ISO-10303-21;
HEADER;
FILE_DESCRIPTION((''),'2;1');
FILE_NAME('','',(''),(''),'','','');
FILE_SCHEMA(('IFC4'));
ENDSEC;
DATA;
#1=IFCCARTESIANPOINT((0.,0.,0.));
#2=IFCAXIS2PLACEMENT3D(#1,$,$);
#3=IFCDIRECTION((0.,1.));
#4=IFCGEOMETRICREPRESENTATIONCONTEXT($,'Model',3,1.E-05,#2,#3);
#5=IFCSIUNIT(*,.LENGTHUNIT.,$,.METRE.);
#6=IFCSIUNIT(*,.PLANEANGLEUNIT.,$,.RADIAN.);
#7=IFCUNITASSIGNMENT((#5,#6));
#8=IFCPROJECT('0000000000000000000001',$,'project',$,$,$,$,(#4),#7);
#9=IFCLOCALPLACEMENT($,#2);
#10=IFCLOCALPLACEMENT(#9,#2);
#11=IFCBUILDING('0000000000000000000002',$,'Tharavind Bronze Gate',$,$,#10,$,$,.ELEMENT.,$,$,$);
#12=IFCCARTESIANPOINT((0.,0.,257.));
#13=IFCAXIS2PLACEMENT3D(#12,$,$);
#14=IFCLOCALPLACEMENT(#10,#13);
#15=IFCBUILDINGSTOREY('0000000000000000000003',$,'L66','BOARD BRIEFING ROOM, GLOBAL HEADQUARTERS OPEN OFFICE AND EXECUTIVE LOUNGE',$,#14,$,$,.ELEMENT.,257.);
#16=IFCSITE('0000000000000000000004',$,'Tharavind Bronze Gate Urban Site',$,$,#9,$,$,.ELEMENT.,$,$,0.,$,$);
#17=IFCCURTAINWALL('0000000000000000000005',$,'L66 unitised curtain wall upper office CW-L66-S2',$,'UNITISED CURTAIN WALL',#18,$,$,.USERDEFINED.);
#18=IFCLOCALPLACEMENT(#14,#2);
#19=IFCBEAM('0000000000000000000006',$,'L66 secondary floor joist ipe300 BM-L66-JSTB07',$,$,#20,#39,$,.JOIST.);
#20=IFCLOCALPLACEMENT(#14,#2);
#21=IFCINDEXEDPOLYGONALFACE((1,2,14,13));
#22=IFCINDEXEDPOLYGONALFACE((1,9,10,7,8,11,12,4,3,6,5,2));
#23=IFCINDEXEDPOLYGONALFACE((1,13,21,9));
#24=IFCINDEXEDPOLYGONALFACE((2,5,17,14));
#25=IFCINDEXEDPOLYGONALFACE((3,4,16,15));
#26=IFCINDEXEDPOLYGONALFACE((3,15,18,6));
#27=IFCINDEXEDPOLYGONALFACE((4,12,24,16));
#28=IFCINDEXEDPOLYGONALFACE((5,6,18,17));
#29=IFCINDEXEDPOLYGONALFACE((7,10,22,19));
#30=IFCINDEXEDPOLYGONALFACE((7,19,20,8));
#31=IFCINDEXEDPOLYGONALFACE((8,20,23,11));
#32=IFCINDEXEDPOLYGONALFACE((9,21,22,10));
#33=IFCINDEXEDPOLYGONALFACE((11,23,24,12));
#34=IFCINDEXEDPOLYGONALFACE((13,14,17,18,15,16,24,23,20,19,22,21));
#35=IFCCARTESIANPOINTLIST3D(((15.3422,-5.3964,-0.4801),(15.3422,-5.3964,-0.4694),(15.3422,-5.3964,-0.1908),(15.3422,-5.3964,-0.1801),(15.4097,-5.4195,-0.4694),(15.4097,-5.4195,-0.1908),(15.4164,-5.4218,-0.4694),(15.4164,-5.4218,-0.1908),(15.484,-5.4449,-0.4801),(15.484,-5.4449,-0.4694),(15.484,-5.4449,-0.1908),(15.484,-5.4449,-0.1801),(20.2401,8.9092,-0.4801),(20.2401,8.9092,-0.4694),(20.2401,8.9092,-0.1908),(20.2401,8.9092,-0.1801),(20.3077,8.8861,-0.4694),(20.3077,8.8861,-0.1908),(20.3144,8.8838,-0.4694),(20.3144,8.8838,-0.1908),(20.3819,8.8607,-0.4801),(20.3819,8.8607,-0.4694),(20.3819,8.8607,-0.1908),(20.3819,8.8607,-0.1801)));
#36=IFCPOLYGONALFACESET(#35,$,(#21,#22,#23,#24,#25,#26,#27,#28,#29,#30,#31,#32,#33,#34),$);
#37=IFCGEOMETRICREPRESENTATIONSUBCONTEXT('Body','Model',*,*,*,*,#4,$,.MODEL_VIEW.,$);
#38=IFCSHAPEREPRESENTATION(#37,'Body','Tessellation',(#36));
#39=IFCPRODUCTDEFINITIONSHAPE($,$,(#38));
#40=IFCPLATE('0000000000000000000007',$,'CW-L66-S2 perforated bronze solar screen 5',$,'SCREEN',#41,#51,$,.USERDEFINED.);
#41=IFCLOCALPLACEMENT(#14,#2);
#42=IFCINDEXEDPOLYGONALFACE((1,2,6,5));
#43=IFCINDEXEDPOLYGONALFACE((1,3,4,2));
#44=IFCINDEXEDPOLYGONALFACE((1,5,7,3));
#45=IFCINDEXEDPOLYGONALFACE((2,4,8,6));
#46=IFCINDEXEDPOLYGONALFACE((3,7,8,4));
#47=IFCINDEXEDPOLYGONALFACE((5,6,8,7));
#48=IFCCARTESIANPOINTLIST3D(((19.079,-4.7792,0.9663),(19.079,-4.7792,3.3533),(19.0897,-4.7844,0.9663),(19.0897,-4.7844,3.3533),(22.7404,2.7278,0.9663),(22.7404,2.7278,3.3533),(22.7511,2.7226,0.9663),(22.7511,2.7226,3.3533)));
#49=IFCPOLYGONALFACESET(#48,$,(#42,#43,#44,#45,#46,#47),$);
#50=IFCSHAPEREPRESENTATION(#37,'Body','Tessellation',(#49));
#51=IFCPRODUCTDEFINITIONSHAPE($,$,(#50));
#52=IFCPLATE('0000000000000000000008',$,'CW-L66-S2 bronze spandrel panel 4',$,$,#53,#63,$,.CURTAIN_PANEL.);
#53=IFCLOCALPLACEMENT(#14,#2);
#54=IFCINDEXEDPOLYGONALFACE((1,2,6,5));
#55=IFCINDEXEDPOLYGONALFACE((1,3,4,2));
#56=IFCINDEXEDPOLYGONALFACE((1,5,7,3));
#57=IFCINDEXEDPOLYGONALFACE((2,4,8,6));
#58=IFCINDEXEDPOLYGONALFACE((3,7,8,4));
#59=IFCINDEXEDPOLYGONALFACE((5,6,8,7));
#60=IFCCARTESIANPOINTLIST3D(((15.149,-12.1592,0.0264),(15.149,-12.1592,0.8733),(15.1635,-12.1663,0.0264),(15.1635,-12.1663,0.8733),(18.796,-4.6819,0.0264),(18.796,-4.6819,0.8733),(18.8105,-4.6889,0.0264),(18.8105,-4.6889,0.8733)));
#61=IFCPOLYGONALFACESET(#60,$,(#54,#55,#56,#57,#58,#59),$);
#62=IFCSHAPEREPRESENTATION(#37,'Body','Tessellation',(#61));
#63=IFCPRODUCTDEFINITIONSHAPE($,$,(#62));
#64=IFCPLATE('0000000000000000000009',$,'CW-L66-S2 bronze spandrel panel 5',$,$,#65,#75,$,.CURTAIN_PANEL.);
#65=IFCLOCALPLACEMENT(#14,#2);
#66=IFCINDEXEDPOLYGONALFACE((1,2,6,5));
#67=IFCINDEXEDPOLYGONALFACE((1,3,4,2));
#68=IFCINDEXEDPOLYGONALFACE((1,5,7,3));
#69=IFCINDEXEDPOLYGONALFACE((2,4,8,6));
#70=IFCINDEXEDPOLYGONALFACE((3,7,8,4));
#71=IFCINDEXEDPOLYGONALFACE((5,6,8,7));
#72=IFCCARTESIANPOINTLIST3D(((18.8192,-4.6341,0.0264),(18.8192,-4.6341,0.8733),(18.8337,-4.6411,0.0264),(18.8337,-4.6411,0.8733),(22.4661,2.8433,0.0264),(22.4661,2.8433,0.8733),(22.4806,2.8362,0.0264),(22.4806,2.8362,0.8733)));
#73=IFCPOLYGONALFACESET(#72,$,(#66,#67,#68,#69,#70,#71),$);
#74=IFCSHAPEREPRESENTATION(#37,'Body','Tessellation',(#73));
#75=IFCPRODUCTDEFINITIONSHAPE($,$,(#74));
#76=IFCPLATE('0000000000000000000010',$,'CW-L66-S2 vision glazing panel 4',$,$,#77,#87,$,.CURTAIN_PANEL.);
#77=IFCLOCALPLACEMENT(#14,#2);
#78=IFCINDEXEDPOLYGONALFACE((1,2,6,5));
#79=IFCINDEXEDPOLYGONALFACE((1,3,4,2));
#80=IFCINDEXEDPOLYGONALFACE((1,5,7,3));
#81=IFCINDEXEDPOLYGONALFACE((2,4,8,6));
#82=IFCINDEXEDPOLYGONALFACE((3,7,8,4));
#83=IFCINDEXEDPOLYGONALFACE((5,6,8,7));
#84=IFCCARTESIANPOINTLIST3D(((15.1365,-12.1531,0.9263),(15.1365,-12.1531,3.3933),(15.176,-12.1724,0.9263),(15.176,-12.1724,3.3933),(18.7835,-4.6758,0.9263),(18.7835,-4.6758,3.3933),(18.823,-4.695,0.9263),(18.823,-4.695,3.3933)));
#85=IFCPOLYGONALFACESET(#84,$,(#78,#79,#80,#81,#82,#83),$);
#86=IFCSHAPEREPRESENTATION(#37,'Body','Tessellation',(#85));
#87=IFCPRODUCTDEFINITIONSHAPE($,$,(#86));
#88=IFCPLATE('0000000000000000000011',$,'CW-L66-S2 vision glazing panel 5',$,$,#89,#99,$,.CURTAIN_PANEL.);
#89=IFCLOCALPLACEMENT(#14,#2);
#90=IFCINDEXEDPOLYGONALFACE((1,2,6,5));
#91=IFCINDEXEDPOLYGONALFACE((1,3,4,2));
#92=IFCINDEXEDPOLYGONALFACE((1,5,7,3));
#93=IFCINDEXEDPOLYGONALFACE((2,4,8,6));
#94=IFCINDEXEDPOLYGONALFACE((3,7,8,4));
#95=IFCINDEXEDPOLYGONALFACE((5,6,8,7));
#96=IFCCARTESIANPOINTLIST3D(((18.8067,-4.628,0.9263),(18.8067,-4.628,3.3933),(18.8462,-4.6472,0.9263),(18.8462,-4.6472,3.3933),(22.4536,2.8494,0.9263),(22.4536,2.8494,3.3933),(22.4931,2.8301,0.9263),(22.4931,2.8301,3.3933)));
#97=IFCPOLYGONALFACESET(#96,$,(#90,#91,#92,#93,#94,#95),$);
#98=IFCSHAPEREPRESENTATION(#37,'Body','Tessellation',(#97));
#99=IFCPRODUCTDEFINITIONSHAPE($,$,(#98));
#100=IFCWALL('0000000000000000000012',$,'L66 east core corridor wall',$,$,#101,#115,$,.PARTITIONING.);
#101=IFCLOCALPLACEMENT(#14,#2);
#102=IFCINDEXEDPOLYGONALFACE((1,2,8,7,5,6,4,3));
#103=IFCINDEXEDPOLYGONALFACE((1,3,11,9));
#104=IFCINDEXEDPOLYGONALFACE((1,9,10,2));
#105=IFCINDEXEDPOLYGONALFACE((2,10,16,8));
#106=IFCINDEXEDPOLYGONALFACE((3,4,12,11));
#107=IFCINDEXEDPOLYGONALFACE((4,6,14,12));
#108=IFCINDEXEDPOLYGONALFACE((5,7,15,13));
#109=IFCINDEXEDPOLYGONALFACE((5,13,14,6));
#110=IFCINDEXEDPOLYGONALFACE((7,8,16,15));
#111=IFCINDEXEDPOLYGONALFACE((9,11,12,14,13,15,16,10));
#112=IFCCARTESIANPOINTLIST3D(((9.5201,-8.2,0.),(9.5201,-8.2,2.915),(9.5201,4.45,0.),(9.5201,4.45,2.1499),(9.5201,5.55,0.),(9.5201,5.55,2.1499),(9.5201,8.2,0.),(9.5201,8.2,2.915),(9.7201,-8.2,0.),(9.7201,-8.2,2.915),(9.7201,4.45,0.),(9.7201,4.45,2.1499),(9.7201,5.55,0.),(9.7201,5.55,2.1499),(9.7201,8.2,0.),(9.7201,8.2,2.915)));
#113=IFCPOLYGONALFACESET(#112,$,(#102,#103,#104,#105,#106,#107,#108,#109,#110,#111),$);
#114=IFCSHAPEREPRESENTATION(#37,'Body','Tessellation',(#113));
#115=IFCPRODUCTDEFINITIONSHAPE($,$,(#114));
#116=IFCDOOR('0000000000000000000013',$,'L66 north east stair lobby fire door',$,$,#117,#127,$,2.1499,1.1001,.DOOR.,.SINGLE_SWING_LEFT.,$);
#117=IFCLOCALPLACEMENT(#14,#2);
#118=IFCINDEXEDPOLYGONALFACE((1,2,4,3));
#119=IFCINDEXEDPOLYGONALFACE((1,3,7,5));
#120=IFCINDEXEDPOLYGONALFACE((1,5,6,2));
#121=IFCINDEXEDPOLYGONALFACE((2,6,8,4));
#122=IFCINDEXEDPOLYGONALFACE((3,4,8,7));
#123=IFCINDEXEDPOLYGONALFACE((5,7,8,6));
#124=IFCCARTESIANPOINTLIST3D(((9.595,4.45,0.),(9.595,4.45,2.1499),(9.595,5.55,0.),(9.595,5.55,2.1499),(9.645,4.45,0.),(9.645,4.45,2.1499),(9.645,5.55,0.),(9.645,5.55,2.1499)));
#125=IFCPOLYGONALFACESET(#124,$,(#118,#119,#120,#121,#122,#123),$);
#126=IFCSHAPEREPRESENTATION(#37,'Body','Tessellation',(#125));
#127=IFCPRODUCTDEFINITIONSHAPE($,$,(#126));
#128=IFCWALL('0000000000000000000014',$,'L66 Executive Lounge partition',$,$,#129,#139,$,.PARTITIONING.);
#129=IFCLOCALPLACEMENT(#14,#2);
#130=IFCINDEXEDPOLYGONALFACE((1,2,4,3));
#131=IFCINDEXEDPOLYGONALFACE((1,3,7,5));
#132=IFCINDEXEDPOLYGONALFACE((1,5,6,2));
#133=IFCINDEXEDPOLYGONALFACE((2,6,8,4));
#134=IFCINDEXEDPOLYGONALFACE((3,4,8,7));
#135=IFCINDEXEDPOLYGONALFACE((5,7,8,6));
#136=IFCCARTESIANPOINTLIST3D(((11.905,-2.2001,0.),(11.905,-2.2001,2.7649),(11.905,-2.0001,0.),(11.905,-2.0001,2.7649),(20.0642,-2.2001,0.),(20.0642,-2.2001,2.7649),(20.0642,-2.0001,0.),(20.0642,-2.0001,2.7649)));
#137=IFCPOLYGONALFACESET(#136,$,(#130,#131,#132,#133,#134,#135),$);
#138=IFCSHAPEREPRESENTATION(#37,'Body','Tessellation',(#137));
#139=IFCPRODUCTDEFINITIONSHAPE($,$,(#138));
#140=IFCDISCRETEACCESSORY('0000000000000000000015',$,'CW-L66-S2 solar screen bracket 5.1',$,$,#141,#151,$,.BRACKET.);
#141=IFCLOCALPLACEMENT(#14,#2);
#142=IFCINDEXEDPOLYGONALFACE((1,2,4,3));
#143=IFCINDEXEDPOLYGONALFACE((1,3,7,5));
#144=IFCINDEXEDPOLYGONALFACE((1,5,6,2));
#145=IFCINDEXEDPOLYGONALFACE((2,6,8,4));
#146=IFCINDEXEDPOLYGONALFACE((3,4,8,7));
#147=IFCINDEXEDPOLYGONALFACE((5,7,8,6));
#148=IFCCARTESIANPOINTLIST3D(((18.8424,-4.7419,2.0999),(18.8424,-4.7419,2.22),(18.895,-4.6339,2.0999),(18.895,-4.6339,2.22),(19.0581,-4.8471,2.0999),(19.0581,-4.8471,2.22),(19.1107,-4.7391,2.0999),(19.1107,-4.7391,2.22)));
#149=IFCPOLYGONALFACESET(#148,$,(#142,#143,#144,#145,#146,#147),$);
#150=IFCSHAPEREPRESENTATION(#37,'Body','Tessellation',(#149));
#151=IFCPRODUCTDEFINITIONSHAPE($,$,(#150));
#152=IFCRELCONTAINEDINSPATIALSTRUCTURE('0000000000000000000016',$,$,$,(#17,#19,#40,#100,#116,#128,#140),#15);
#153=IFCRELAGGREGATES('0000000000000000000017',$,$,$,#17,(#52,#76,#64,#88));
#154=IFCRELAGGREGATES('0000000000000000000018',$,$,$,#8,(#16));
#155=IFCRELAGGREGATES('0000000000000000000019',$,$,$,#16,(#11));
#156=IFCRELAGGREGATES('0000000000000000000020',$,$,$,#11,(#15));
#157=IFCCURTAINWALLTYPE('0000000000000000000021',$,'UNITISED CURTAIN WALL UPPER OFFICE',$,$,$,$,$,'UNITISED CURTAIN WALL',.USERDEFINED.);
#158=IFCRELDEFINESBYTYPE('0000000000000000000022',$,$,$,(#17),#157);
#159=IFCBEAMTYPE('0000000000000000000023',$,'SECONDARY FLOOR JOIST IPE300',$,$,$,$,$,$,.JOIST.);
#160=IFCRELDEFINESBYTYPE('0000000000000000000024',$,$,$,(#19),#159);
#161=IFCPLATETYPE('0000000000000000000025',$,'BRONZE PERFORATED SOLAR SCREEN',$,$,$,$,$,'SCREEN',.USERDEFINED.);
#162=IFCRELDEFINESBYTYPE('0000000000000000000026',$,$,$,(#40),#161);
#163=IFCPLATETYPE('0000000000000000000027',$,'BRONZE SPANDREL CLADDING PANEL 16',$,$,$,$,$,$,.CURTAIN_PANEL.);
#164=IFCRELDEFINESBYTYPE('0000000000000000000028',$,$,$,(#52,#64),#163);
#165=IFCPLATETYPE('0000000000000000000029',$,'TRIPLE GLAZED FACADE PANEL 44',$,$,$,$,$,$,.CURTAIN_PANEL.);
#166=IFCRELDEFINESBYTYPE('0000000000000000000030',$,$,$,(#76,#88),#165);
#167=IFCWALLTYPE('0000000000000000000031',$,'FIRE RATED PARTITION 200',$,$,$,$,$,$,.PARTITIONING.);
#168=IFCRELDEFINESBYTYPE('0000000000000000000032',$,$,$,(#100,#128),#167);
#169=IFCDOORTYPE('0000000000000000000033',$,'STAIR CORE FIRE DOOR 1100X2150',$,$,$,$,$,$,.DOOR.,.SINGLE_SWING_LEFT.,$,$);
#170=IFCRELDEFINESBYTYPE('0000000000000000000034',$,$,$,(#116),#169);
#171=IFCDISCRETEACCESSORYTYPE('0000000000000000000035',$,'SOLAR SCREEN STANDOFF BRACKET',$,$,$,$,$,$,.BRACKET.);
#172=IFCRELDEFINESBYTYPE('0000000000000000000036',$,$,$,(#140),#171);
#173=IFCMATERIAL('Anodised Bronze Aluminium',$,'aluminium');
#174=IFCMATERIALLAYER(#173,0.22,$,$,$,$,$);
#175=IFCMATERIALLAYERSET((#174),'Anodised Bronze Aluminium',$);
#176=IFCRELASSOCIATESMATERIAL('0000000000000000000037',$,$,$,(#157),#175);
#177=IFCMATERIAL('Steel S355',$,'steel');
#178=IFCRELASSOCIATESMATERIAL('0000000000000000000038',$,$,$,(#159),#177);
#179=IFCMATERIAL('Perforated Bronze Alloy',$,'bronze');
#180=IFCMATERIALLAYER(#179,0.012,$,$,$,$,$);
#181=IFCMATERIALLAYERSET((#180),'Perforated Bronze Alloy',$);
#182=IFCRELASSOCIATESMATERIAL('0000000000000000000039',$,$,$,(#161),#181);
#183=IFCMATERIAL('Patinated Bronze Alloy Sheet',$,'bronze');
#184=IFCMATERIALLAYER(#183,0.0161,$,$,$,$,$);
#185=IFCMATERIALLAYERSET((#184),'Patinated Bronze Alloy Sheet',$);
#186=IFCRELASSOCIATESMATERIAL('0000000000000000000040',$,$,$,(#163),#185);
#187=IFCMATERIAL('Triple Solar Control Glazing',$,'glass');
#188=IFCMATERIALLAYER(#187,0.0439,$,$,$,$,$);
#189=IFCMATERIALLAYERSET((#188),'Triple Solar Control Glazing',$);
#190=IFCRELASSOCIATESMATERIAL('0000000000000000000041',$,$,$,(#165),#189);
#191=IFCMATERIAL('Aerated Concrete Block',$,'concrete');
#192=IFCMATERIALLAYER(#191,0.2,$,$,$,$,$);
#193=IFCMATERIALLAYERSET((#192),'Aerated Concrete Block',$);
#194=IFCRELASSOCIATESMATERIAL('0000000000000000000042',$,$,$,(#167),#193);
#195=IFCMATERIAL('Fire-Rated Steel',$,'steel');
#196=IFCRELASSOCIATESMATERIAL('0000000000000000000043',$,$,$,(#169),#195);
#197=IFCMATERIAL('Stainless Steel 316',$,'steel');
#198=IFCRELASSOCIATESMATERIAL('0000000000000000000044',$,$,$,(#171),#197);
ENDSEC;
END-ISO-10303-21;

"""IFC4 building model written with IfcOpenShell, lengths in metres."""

from ifc_helpers import new_model, si_unit, direction, frame, frame_2d, origin, origin_2d, place, context, subcontext, project, spatial, rectangle, i_section, extrude, material, layer, layer_set, material_profile, profile_set, type_object, element, fill, aggregate, save


model = new_model("IFC4")

# Units and contexts
model_context = context("Model", 3, precision=1e-05, world=origin(), true_north=direction((0.0, 1.0)))
body_context = subcontext(model_context, "Body", "Model", "MODEL_VIEW")
ifc_project = project(units=[si_unit("LENGTHUNIT", "METRE"), si_unit("PLANEANGLEUNIT", "RADIAN")], contexts=[model_context])

# Site, building, storey
site_placement = place(None, origin())
site = spatial("IfcSite", under=ifc_project, at=site_placement, Name="Tharavind Bronze Gate Urban Site", CompositionType="ELEMENT", RefElevation=0.0)
building_placement = place(site_placement, origin())
building = spatial("IfcBuilding", under=site, at=building_placement, Name="Tharavind Bronze Gate", CompositionType="ELEMENT")
storey_placement = place(building_placement, frame((0.0, 0.0, 257.0)))
storey = spatial("IfcBuildingStorey", under=building, at=storey_placement, Name="L66", Description="BOARD BRIEFING ROOM, GLOBAL HEADQUARTERS OPEN OFFICE AND EXECUTIVE LOUNGE", CompositionType="ELEMENT", Elevation=257.0)

# Curtain wall
ifc_material_1 = material(Name="Anodised Bronze Aluminium", Category="aluminium")
ifc_layer_1 = layer(ifc_material_1, 0.22)
ifc_layer_set_1 = layer_set([ifc_layer_1], Name="Anodised Bronze Aluminium")
curtain_wall_type = type_object("IfcCurtainWallType", Name="UNITISED CURTAIN WALL UPPER OFFICE", ElementType="UNITISED CURTAIN WALL", PredefinedType="USERDEFINED", material=ifc_layer_set_1)
curtain_wall_placement = place(storey_placement, origin())
curtain_wall = element("IfcCurtainWall", 1, at=curtain_wall_placement, inside=storey, type_object=curtain_wall_type, Name="L66 unitised curtain wall upper office CW-L66-S2", ObjectType="UNITISED CURTAIN WALL", PredefinedType="USERDEFINED")

# Beam
ifc_material_2 = material(Name="Steel S355", Category="steel")
ifc_material_profile_1 = material_profile(ifc_material_2, i_section(OverallWidth=0.1499, OverallDepth=0.3, WebThickness=0.0071, FlangeThickness=0.0107, at=origin_2d()), Name="IPE300")
ifc_profile_set_1 = profile_set([ifc_material_profile_1], Name="Steel S355")
beam_type_1 = type_object("IfcBeamType", Name="SECONDARY FLOOR JOIST IPE300", PredefinedType="JOIST", material=ifc_profile_set_1)
beam_1_placement = place(storey_placement, frame((15.4131, -5.4207, -0.3301), z_axis=(0.323919, 0.946085, 0.0), x_axis=(-0.946085, 0.323919, 0.0)))
element("IfcBeam", 2, at=beam_1_placement, inside=storey, type_object=beam_type_1, Name="L66 secondary floor joist ipe300 BM-L66-JSTB07", PredefinedType="JOIST", context=body_context, shape_type="SweptSolid", body=[
    extrude(i_section(OverallWidth=0.1499, OverallDepth=0.3, WebThickness=0.0071, FlangeThickness=0.0107, at=origin_2d()), origin(), (0.0, 0.0, 1.0), 15.1208),
])

# Plates
ifc_material_3 = material(Name="Perforated Bronze Alloy", Category="bronze")
ifc_layer_2 = layer(ifc_material_3, 0.012)
ifc_layer_set_2 = layer_set([ifc_layer_2], Name="Perforated Bronze Alloy")
plate_type_1 = type_object("IfcPlateType", Name="BRONZE PERFORATED SOLAR SCREEN", ElementType="SCREEN", PredefinedType="USERDEFINED", material=ifc_layer_set_2)
plate_1_placement = place(storey_placement, frame((20.915, -1.0283, 0.9663), z_axis=(0.0, 0.0, 1.0), x_axis=(0.438373, 0.898793, 0.0)))
element("IfcPlate", 3, at=plate_1_placement, inside=storey, type_object=plate_type_1, Name="CW-L66-S2 perforated bronze solar screen 5", ObjectType="SCREEN", PredefinedType="USERDEFINED", context=body_context, shape_type="SweptSolid", body=[
    extrude(rectangle(XDim=8.3523, YDim=0.012, at=origin_2d()), origin(), (0.0, 0.0, 1.0), 2.387),
])
ifc_material_4 = material(Name="Patinated Bronze Alloy Sheet", Category="bronze")
ifc_layer_3 = layer(ifc_material_4, 0.0161)
ifc_layer_set_3 = layer_set([ifc_layer_3], Name="Patinated Bronze Alloy Sheet")
plate_type_2 = type_object("IfcPlateType", Name="BRONZE SPANDREL CLADDING PANEL 16", PredefinedType="CURTAIN_PANEL", material=ifc_layer_set_3)
plate_2_placement = place(storey_placement, frame((16.9797, -8.4241, 0.0264), z_axis=(0.0, 0.0, 1.0), x_axis=(0.438373, 0.898793, 0.0)))
plate_2 = element("IfcPlate", 4, at=plate_2_placement, type_object=plate_type_2, Name="CW-L66-S2 bronze spandrel panel 4", PredefinedType="CURTAIN_PANEL", context=body_context, shape_type="SweptSolid", body=[
    extrude(rectangle(XDim=8.3193, YDim=0.0161, at=origin_2d()), origin(), (0.0, 0.0, 1.0), 0.8469),
])
plate_3_placement = place(storey_placement, frame((20.6499, -0.8989, 0.0264), z_axis=(0.0, 0.0, 1.0), x_axis=(0.438373, 0.898793, 0.0)))
plate_3 = element("IfcPlate", 5, at=plate_3_placement, type_object=plate_type_2, Name="CW-L66-S2 bronze spandrel panel 5", PredefinedType="CURTAIN_PANEL", context=body_context, shape_type="SweptSolid", body=[
    extrude(rectangle(XDim=8.3193, YDim=0.0161, at=origin_2d()), origin(), (0.0, 0.0, 1.0), 0.8469),
])
ifc_material_5 = material(Name="Triple Solar Control Glazing", Category="glass")
ifc_layer_4 = layer(ifc_material_5, 0.0439)
ifc_layer_set_4 = layer_set([ifc_layer_4], Name="Triple Solar Control Glazing")
plate_type_3 = type_object("IfcPlateType", Name="TRIPLE GLAZED FACADE PANEL 44", PredefinedType="CURTAIN_PANEL", material=ifc_layer_set_4)
plate_4_placement = place(storey_placement, frame((16.9797, -8.4241, 0.9263), z_axis=(0.0, 0.0, 1.0), x_axis=(0.438373, 0.898793, 0.0)))
plate_4 = element("IfcPlate", 6, at=plate_4_placement, type_object=plate_type_3, Name="CW-L66-S2 vision glazing panel 4", PredefinedType="CURTAIN_PANEL", context=body_context, shape_type="SweptSolid", body=[
    extrude(rectangle(XDim=8.3193, YDim=0.0439, at=origin_2d()), origin(), (0.0, 0.0, 1.0), 2.467),
])
plate_5_placement = place(storey_placement, frame((20.6499, -0.8989, 0.9263), z_axis=(0.0, 0.0, 1.0), x_axis=(0.438373, 0.898793, 0.0)))
plate_5 = element("IfcPlate", 7, at=plate_5_placement, type_object=plate_type_3, Name="CW-L66-S2 vision glazing panel 5", PredefinedType="CURTAIN_PANEL", context=body_context, shape_type="SweptSolid", body=[
    extrude(rectangle(XDim=8.3193, YDim=0.0439, at=origin_2d()), origin(), (0.0, 0.0, 1.0), 2.467),
])
aggregate(curtain_wall, [plate_2, plate_4, plate_3, plate_5])

# Wall, opening, door
ifc_material_6 = material(Name="Aerated Concrete Block", Category="concrete")
ifc_layer_5 = layer(ifc_material_6, 0.2)
ifc_layer_set_5 = layer_set([ifc_layer_5], Name="Aerated Concrete Block")
wall_type = type_object("IfcWallType", Name="FIRE RATED PARTITION 200", PredefinedType="PARTITIONING", material=ifc_layer_set_5)
wall_1_placement = place(storey_placement, frame((9.6201, -8.2, 0.0), z_axis=(0.0, 0.0, 1.0), x_axis=(0.0, 1.0, 0.0)))
wall_1 = element("IfcWall", 8, at=wall_1_placement, inside=storey, type_object=wall_type, Name="L66 east core corridor wall", PredefinedType="PARTITIONING", context=body_context, shape_type="SweptSolid", body=[
    extrude(rectangle(XDim=16.3999, YDim=0.2, at=frame_2d((8.2, 0.0))), origin(), (0.0, 0.0, 1.0), 2.915),
])
opening_placement = place(wall_1_placement, frame((12.6499, 0.0, 0.0)))
opening = element("IfcOpeningElement", 9, at=opening_placement, cuts=wall_1, PredefinedType="OPENING", context=body_context, shape_type="SweptSolid", body=[
    extrude(rectangle(XDim=1.1001, YDim=2.1499, at=frame_2d((0.55, 1.075))), frame((0.0, 0.1101, 0.0), z_axis=(0.0, -1.0, 0.0), x_axis=(1.0, 0.0, 0.0)), (0.0, 0.0, 1.0), 0.22),
])
ifc_material_7 = material(Name="Fire-Rated Steel", Category="steel")
door_type = type_object("IfcDoorType", Name="STAIR CORE FIRE DOOR 1100X2150", OperationType="SINGLE_SWING_LEFT", PredefinedType="DOOR", material=ifc_material_7)
door_placement = place(opening_placement, frame((1.1001, 0.0, 0.0), z_axis=(0.0, 0.0, 1.0), x_axis=(-1.0, 0.0, 0.0)))
door = element("IfcDoor", 10, at=door_placement, inside=storey, type_object=door_type, Name="L66 north east stair lobby fire door", OperationType="SINGLE_SWING_LEFT", OverallHeight=2.1499, OverallWidth=1.1001, PredefinedType="DOOR", context=body_context, shape_type="SweptSolid", body=[
    extrude(rectangle(XDim=1.1001, YDim=2.1499, at=frame_2d((0.55, 1.075))), frame((0.0, 0.0249, 0.0), z_axis=(0.0, -1.0, 0.0), x_axis=(1.0, 0.0, 0.0)), (0.0, 0.0, 1.0), 0.05),
])
fill(opening, door)

# Wall
wall_2_placement = place(storey_placement, frame((11.905, -2.1001, 0.0), z_axis=(0.0, 0.0, 1.0), x_axis=(1.0, 0.0, 0.0)))
element("IfcWall", 11, at=wall_2_placement, inside=storey, type_object=wall_type, Name="L66 Executive Lounge partition", PredefinedType="PARTITIONING", context=body_context, shape_type="SweptSolid", body=[
    extrude(rectangle(XDim=8.1592, YDim=0.2, at=frame_2d((4.0796, 0.0))), origin(), (0.0, 0.0, 1.0), 2.7649),
])

# Discrete accessory
ifc_material_8 = material(Name="Stainless Steel 316", Category="steel")
discrete_accessory_type = type_object("IfcDiscreteAccessoryType", Name="SOLAR SCREEN STANDOFF BRACKET", PredefinedType="BRACKET", material=ifc_material_8)
discrete_accessory_placement = place(storey_placement, frame((18.9766, -4.7405, 2.0999), z_axis=(0.0, 0.0, 1.0), x_axis=(0.438373, 0.898793, 0.0)))
element("IfcDiscreteAccessory", 12, at=discrete_accessory_placement, inside=storey, type_object=discrete_accessory_type, Name="CW-L66-S2 solar screen bracket 5.1", PredefinedType="BRACKET", context=body_context, shape_type="SweptSolid", body=[
    extrude(rectangle(XDim=0.1201, YDim=0.24, at=origin_2d()), origin(), (0.0, 0.0, 1.0), 0.1201),
])

save(model, "model.ifc")
